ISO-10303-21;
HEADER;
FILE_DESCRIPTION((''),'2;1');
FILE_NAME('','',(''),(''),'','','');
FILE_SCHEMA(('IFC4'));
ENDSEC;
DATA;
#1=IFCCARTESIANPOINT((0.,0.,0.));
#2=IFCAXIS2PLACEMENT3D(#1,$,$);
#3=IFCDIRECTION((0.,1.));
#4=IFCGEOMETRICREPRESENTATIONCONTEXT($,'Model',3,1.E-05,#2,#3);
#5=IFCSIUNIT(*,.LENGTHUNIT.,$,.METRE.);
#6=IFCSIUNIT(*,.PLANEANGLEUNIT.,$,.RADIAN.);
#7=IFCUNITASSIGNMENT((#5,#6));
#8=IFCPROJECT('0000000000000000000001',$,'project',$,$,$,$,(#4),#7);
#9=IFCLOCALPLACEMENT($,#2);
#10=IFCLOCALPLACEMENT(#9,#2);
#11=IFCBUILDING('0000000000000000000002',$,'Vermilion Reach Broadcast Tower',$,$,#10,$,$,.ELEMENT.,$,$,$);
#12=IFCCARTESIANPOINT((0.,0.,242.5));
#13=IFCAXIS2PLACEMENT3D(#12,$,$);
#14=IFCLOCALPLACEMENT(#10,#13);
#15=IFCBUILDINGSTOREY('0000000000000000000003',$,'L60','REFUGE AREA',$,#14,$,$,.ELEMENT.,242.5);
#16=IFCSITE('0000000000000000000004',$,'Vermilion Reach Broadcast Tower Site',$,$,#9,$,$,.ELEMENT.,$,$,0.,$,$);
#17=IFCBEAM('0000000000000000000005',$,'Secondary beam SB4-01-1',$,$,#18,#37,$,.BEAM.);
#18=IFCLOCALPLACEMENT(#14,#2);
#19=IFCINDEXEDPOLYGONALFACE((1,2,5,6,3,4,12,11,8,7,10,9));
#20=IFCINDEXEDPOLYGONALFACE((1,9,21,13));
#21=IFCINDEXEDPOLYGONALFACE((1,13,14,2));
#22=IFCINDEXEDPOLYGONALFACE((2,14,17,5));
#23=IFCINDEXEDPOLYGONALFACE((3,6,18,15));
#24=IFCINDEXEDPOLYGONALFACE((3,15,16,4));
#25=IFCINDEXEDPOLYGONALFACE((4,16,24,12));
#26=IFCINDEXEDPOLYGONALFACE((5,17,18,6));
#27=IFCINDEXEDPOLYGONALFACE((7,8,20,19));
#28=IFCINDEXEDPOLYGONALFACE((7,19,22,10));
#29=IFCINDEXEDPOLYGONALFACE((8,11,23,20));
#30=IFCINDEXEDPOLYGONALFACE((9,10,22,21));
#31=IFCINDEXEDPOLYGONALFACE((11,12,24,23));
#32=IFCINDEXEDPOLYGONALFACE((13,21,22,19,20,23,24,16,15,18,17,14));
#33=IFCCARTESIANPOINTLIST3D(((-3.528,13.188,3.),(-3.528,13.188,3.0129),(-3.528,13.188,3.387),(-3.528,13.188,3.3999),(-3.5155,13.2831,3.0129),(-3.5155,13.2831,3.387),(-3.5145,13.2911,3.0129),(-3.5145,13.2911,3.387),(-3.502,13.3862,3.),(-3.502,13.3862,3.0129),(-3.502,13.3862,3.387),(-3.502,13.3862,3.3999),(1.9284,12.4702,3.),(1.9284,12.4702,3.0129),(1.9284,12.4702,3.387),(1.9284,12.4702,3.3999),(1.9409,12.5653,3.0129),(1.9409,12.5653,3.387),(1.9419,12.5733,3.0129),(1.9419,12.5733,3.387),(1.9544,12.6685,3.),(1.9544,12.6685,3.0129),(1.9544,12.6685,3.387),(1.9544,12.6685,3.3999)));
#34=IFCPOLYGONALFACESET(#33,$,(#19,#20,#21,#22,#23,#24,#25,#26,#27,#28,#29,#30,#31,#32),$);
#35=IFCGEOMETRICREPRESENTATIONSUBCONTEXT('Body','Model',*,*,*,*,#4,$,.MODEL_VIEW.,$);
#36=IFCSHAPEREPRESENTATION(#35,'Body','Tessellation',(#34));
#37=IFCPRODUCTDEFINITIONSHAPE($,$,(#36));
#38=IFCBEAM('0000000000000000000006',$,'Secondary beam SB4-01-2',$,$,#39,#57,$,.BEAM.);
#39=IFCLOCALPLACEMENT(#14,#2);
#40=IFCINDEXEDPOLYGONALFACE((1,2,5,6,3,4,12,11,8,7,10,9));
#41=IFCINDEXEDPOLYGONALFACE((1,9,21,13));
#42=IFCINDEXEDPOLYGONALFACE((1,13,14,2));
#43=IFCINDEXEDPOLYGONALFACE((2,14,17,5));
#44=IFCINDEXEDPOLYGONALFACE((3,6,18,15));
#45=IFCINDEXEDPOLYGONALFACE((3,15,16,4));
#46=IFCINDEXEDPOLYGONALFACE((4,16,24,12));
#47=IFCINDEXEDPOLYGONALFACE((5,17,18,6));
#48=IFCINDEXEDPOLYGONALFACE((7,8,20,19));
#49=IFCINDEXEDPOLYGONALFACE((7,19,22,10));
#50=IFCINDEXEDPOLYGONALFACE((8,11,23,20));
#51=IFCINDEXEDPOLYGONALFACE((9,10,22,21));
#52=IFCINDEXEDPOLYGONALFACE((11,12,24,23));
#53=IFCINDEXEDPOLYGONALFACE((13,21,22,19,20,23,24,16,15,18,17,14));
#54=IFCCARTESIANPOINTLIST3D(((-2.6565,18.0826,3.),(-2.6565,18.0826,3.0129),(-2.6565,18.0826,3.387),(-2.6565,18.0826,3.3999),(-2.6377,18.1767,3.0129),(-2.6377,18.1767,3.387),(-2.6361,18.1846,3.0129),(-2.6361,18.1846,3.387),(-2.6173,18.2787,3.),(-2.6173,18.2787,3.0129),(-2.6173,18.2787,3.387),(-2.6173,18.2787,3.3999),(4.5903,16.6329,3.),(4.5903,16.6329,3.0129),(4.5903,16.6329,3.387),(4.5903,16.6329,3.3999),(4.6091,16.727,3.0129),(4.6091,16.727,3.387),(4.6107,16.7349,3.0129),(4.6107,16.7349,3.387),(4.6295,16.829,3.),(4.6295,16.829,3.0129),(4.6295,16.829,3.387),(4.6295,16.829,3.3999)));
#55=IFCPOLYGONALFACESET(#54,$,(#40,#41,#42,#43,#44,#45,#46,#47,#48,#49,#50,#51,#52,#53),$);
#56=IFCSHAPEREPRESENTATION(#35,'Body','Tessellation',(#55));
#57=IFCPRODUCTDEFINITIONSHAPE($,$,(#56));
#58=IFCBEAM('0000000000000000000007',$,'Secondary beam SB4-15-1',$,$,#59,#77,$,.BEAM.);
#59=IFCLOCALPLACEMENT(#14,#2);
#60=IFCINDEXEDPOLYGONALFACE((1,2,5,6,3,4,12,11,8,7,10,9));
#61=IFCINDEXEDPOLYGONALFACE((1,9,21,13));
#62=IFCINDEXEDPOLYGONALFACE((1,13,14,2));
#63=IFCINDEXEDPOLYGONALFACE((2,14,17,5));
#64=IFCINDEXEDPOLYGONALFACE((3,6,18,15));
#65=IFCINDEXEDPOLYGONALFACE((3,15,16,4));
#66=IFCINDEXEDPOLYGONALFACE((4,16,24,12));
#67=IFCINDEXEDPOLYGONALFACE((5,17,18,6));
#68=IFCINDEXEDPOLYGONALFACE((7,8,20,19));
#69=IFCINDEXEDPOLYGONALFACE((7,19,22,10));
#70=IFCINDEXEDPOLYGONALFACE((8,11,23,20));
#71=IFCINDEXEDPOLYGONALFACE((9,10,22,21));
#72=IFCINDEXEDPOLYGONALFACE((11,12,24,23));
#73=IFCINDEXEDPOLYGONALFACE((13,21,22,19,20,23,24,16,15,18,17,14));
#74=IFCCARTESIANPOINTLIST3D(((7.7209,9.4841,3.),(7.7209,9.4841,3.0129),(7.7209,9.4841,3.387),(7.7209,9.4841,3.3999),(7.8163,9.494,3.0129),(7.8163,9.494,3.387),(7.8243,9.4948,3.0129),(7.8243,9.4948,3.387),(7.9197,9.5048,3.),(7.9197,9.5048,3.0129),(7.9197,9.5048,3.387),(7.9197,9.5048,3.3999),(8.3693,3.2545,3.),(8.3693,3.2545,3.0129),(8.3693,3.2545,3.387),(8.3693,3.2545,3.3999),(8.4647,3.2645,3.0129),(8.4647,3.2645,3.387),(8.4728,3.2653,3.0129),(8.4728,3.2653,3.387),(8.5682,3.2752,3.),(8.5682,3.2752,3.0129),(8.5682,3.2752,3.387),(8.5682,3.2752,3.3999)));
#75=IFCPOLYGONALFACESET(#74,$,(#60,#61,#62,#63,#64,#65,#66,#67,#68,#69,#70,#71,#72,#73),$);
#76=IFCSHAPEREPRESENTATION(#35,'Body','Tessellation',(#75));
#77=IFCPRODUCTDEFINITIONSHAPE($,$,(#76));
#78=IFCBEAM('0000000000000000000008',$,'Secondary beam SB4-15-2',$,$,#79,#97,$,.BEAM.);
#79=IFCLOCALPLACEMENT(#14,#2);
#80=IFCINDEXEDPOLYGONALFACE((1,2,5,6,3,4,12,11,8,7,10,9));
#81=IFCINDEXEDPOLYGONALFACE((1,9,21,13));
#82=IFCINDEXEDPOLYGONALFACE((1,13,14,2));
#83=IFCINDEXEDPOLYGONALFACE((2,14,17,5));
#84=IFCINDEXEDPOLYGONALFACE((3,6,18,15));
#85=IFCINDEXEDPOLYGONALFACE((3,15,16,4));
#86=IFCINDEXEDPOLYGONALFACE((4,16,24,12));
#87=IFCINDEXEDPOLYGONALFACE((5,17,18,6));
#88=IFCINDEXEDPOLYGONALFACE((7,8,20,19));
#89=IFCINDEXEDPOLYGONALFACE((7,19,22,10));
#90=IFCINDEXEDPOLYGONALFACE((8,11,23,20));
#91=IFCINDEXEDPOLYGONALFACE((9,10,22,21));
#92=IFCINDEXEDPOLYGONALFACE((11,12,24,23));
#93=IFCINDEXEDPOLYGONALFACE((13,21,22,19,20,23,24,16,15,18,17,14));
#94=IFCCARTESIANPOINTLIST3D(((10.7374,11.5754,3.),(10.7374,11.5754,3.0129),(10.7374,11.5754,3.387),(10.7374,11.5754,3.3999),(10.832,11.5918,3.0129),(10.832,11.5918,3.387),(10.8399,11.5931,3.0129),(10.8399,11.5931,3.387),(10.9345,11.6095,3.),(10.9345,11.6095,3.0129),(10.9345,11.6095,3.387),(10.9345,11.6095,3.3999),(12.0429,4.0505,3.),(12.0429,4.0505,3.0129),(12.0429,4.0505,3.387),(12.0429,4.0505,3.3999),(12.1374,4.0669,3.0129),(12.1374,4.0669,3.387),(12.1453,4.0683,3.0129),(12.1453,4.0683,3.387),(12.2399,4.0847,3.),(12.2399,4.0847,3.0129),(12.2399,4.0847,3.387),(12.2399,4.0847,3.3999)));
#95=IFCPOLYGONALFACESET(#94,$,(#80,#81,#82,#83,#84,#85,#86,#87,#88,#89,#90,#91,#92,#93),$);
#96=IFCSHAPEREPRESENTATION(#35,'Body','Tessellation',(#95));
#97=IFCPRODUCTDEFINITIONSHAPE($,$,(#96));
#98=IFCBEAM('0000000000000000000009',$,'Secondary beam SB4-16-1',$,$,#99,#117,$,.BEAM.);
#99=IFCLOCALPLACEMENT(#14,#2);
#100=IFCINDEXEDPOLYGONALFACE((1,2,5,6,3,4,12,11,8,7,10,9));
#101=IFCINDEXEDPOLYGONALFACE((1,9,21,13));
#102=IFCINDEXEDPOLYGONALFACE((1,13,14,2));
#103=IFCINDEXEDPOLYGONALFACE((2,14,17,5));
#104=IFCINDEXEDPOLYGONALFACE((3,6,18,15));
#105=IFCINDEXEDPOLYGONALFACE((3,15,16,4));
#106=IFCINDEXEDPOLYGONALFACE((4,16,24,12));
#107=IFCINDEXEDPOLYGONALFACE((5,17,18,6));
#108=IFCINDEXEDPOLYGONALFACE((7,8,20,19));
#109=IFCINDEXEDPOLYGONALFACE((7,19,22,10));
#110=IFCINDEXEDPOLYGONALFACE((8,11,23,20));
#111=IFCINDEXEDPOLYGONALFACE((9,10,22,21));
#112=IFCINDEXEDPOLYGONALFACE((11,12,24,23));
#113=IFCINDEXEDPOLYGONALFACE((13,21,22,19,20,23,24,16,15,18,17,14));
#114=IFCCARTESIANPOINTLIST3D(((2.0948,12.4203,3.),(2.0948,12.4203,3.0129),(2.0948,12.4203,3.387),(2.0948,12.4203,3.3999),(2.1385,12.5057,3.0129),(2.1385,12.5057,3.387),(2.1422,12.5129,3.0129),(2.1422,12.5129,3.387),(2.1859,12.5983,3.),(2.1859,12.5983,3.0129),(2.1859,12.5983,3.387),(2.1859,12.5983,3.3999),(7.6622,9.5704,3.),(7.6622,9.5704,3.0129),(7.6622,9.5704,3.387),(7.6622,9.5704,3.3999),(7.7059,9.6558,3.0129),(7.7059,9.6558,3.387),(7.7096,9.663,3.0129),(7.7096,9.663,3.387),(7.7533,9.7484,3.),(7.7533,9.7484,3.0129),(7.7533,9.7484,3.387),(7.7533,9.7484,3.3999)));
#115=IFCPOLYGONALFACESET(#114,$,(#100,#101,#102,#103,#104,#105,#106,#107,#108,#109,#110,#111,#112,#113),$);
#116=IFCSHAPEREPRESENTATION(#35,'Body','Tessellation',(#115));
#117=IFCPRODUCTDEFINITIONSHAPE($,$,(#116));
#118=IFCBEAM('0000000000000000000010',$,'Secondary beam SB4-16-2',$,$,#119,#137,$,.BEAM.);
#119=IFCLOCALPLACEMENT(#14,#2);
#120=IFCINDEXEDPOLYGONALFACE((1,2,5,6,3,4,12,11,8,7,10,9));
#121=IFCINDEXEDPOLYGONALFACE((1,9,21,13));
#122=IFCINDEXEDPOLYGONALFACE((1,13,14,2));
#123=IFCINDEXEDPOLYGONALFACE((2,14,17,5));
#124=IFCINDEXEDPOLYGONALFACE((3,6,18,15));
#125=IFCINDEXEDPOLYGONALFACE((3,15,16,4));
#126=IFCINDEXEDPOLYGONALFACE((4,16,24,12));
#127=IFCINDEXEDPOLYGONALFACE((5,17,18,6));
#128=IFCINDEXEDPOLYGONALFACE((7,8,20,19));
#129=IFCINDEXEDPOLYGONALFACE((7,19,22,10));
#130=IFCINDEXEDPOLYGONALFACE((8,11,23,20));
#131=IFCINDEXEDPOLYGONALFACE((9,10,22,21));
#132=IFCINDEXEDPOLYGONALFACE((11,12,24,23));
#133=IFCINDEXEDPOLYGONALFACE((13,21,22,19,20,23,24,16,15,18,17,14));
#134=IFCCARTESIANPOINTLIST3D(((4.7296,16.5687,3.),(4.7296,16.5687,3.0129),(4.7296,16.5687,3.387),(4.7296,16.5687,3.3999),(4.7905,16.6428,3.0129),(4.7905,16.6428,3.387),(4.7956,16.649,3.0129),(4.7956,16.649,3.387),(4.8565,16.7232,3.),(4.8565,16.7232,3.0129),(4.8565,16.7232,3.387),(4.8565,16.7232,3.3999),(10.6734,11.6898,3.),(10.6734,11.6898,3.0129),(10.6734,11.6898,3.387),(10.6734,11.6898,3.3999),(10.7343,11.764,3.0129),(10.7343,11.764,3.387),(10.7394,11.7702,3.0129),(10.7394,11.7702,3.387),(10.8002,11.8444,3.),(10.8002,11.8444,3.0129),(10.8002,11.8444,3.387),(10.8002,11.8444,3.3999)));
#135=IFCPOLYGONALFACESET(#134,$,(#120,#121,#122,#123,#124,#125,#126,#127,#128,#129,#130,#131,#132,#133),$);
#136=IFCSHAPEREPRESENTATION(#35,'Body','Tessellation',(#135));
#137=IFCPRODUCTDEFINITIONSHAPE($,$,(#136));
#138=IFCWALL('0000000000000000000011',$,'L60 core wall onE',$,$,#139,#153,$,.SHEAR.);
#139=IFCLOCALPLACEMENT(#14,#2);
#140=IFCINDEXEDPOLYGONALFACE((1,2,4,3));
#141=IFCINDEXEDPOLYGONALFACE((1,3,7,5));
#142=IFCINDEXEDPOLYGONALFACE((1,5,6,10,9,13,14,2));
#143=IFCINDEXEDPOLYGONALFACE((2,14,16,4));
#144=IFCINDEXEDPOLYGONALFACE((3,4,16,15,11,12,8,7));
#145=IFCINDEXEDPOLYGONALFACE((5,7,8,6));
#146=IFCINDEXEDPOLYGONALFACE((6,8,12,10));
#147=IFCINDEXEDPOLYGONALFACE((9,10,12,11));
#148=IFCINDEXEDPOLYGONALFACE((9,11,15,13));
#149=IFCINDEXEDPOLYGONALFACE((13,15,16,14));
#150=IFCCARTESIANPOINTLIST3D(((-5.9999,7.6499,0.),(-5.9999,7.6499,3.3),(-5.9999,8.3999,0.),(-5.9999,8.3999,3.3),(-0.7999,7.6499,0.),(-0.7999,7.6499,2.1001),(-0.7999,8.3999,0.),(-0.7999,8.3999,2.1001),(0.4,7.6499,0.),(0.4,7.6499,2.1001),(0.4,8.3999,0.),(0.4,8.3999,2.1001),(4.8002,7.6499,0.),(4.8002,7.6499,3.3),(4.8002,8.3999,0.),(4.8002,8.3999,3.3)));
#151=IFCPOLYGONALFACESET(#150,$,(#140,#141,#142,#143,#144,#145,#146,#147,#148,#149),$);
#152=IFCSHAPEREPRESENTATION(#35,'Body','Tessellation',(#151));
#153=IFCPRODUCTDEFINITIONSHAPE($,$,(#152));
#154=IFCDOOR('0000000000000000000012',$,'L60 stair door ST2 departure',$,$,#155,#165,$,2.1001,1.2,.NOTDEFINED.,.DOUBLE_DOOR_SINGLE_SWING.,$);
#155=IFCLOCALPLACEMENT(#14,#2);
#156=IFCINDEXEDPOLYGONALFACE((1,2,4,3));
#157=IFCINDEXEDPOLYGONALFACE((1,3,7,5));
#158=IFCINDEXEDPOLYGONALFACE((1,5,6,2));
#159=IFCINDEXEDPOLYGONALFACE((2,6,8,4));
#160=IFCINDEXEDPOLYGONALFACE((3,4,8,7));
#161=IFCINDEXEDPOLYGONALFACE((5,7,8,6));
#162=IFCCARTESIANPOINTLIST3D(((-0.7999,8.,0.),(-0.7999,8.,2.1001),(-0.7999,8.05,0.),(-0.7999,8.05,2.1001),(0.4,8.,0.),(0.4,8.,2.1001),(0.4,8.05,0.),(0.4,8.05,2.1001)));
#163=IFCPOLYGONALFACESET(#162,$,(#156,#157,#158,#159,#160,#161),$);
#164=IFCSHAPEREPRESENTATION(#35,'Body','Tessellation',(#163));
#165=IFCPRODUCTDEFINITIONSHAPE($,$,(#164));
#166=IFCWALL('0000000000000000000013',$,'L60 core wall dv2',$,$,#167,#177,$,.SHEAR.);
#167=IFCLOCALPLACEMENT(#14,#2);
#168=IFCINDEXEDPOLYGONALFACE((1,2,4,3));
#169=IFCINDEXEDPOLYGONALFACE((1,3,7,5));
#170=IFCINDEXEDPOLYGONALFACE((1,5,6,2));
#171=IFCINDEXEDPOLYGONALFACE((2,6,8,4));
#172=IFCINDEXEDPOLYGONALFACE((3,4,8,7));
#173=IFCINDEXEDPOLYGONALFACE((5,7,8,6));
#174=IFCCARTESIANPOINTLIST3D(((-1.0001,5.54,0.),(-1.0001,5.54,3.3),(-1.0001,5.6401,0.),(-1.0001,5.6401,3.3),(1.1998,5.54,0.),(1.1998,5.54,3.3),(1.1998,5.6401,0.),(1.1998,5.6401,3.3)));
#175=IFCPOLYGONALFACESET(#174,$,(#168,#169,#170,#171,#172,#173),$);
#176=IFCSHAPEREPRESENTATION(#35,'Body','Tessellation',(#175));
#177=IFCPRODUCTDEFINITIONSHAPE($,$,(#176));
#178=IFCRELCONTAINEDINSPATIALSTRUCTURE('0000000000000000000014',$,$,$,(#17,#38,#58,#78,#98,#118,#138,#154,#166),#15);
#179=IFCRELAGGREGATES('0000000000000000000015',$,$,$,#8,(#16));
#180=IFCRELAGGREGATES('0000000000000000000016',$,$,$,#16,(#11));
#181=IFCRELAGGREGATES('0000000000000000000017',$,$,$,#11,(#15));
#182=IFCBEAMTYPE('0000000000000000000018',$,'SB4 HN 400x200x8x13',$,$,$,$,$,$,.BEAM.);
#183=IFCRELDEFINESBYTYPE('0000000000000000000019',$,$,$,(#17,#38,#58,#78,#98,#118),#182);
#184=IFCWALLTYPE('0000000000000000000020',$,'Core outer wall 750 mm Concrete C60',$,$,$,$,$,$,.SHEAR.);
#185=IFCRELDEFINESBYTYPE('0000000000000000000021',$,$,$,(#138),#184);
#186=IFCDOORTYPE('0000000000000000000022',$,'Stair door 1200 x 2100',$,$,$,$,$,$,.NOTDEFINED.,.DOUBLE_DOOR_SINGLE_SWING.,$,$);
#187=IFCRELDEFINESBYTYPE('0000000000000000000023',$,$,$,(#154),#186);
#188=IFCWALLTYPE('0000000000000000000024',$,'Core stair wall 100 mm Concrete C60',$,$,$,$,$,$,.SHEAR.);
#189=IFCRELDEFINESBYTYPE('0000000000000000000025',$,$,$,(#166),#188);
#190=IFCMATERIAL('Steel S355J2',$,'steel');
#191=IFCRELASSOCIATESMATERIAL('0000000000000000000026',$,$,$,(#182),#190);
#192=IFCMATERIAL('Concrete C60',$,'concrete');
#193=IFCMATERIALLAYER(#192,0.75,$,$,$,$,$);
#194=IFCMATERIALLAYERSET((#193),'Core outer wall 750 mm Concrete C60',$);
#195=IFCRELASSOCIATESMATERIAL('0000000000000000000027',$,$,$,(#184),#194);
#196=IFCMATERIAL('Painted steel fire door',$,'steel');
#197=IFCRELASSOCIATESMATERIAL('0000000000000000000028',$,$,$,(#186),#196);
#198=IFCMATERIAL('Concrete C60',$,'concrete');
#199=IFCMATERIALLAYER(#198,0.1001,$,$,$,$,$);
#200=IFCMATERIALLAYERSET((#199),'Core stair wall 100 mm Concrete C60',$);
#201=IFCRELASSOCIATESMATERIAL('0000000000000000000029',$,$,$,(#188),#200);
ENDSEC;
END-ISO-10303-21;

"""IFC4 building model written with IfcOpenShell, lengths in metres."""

from ifc_helpers import new_model, si_unit, direction, frame, frame_2d, origin, origin_2d, place, context, subcontext, project, spatial, rectangle, i_section, extrude, material, layer, layer_set, material_profile, profile_set, type_object, element, fill, save


model = new_model("IFC4")

# Units and contexts
model_context = context("Model", 3, precision=1e-05, world=origin(), true_north=direction((0.0, 1.0)))
body_context = subcontext(model_context, "Body", "Model", "MODEL_VIEW")
ifc_project = project(units=[si_unit("LENGTHUNIT", "METRE"), si_unit("PLANEANGLEUNIT", "RADIAN")], contexts=[model_context])

# Site, building, storey
site_placement = place(None, origin())
site = spatial("IfcSite", under=ifc_project, at=site_placement, Name="Vermilion Reach Broadcast Tower Site", CompositionType="ELEMENT", RefElevation=0.0)
building_placement = place(site_placement, origin())
building = spatial("IfcBuilding", under=site, at=building_placement, Name="Vermilion Reach Broadcast Tower", CompositionType="ELEMENT")
storey_placement = place(building_placement, frame((0.0, 0.0, 242.5)))
storey = spatial("IfcBuildingStorey", under=building, at=storey_placement, Name="L60", Description="REFUGE AREA", CompositionType="ELEMENT", Elevation=242.5)

# Beams
ifc_material_1 = material(Name="Steel S355J2", Category="steel")
ifc_material_profile_1 = material_profile(ifc_material_1, i_section(OverallWidth=0.2, OverallDepth=0.3999, WebThickness=0.0081, FlangeThickness=0.0129, at=origin_2d()), Name="S355J2 HN 400x200x8x13")
ifc_profile_set_1 = profile_set([ifc_material_profile_1], Name="Steel S355J2")
beam_type_1 = type_object("IfcBeamType", Name="SB4 HN 400x200x8x13", PredefinedType="BEAM", material=ifc_profile_set_1)
beam_1_placement = place(storey_placement, frame((1.9414, 12.5693, 3.2), z_axis=(-0.991458, 0.130426, 0.0), x_axis=(-0.130426, -0.991458, 0.0)))
element("IfcBeam", 1, at=beam_1_placement, inside=storey, type_object=beam_type_1, Name="Secondary beam SB4-01-1", PredefinedType="BEAM", context=body_context, shape_type="SweptSolid", body=[
    extrude(i_section(OverallWidth=0.2, OverallDepth=0.3999, WebThickness=0.0081, FlangeThickness=0.0129, at=origin_2d()), origin(), (0.0, 0.0, 1.0), 5.5034),
])
beam_2_placement = place(storey_placement, frame((4.6099, 16.731, 3.2), z_axis=(-0.980572, 0.196161, 0.0), x_axis=(-0.196161, -0.980572, 0.0)))
element("IfcBeam", 2, at=beam_2_placement, inside=storey, type_object=beam_type_1, Name="Secondary beam SB4-01-2", PredefinedType="BEAM", context=body_context, shape_type="SweptSolid", body=[
    extrude(i_section(OverallWidth=0.2, OverallDepth=0.3999, WebThickness=0.0081, FlangeThickness=0.0129, at=origin_2d()), origin(), (0.0, 0.0, 1.0), 7.3904),
])
beam_3_placement = place(storey_placement, frame((8.4688, 3.2649, 3.2), z_axis=(-0.103532, 0.994626, 0.0), x_axis=(-0.994626, -0.103532, 0.0)))
element("IfcBeam", 3, at=beam_3_placement, inside=storey, type_object=beam_type_1, Name="Secondary beam SB4-15-1", PredefinedType="BEAM", context=body_context, shape_type="SweptSolid", body=[
    extrude(i_section(OverallWidth=0.2, OverallDepth=0.3999, WebThickness=0.0081, FlangeThickness=0.0129, at=origin_2d()), origin(), (0.0, 0.0, 1.0), 6.2632),
])
beam_4_placement = place(storey_placement, frame((12.1414, 4.0676, 3.2), z_axis=(-0.170927, 0.985284, 0.0), x_axis=(-0.985284, -0.170927, 0.0)))
element("IfcBeam", 4, at=beam_4_placement, inside=storey, type_object=beam_type_1, Name="Secondary beam SB4-15-2", PredefinedType="BEAM", context=body_context, shape_type="SweptSolid", body=[
    extrude(i_section(OverallWidth=0.2, OverallDepth=0.3999, WebThickness=0.0081, FlangeThickness=0.0129, at=origin_2d()), origin(), (0.0, 0.0, 1.0), 7.6372),
])
beam_5_placement = place(storey_placement, frame((7.7078, 9.6594, 3.2), z_axis=(-0.890156, 0.455656, 0.0), x_axis=(-0.455656, -0.890156, 0.0)))
element("IfcBeam", 5, at=beam_5_placement, inside=storey, type_object=beam_type_1, Name="Secondary beam SB4-16-1", PredefinedType="BEAM", context=body_context, shape_type="SweptSolid", body=[
    extrude(i_section(OverallWidth=0.2, OverallDepth=0.3999, WebThickness=0.0081, FlangeThickness=0.0129, at=origin_2d()), origin(), (0.0, 0.0, 1.0), 6.2544),
])
beam_6_placement = place(storey_placement, frame((10.7368, 11.7671, 3.2), z_axis=(-0.772952, 0.634465, 0.0), x_axis=(-0.634465, -0.772952, 0.0)))
element("IfcBeam", 6, at=beam_6_placement, inside=storey, type_object=beam_type_1, Name="Secondary beam SB4-16-2", PredefinedType="BEAM", context=body_context, shape_type="SweptSolid", body=[
    extrude(i_section(OverallWidth=0.2, OverallDepth=0.3999, WebThickness=0.0081, FlangeThickness=0.0129, at=origin_2d()), origin(), (0.0, 0.0, 1.0), 7.6897),
])

# Wall, opening, door
ifc_material_2 = material(Name="Concrete C60", Category="concrete")
ifc_layer_1 = layer(ifc_material_2, 0.75)
ifc_layer_set_1 = layer_set([ifc_layer_1], Name="Core outer wall 750 mm Concrete C60")
wall_type_1 = type_object("IfcWallType", Name="Core outer wall 750 mm Concrete C60", PredefinedType="SHEAR", material=ifc_layer_set_1)
wall_1_placement = place(storey_placement, frame((4.8, 8.0249, 0.0), z_axis=(0.0, 0.0, 1.0), x_axis=(-1.0, 0.0, 0.0)))
wall_1 = element("IfcWall", 7, at=wall_1_placement, inside=storey, type_object=wall_type_1, Name="L60 core wall onE", PredefinedType="SHEAR", context=body_context, shape_type="SweptSolid", body=[
    extrude(rectangle(XDim=10.8, YDim=0.75, at=frame_2d((5.3999, 0.0))), origin(), (0.0, 0.0, 1.0), 3.3),
])
opening_placement = place(wall_1_placement, frame((4.3999, 0.0, 0.0)))
opening = element("IfcOpeningElement", 8, at=opening_placement, cuts=wall_1, PredefinedType="OPENING", context=body_context, shape_type="SweptSolid", body=[
    extrude(rectangle(XDim=1.2, YDim=2.1001, at=frame_2d((0.6001, 1.05))), frame((0.0, 0.385, 0.0), z_axis=(0.0, -1.0, 0.0), x_axis=(1.0, 0.0, 0.0)), (0.0, 0.0, 1.0), 0.77),
])
ifc_material_3 = material(Name="Painted steel fire door", Category="steel")
door_type = type_object("IfcDoorType", Name="Stair door 1200 x 2100", OperationType="DOUBLE_DOOR_SINGLE_SWING", PredefinedType="NOTDEFINED", material=ifc_material_3)
door_placement = place(opening_placement, origin())
door = element("IfcDoor", 9, at=door_placement, inside=storey, type_object=door_type, Name="L60 stair door ST2 departure", OperationType="DOUBLE_DOOR_SINGLE_SWING", OverallHeight=2.1001, OverallWidth=1.2, PredefinedType="NOTDEFINED", context=body_context, shape_type="SweptSolid", body=[
    extrude(rectangle(XDim=1.2, YDim=2.1001, at=frame_2d((0.6001, 1.05))), frame((0.0, 0.0249, 0.0), z_axis=(0.0, -1.0, 0.0), x_axis=(1.0, 0.0, 0.0)), (0.0, 0.0, 1.0), 0.05),
])
fill(opening, door)

# Wall
ifc_material_4 = material(Name="Concrete C60", Category="concrete")
ifc_layer_2 = layer(ifc_material_4, 0.1001)
ifc_layer_set_2 = layer_set([ifc_layer_2], Name="Core stair wall 100 mm Concrete C60")
wall_type_2 = type_object("IfcWallType", Name="Core stair wall 100 mm Concrete C60", PredefinedType="SHEAR", material=ifc_layer_set_2)
wall_2_placement = place(storey_placement, frame((1.2, 5.5901, 0.0), z_axis=(0.0, 0.0, 1.0), x_axis=(-1.0, 0.0, 0.0)))
element("IfcWall", 10, at=wall_2_placement, inside=storey, type_object=wall_type_2, Name="L60 core wall dv2", PredefinedType="SHEAR", context=body_context, shape_type="SweptSolid", body=[
    extrude(rectangle(XDim=2.2, YDim=0.1001, at=frame_2d((1.1001, 0.0))), origin(), (0.0, 0.0, 1.0), 3.3),
])

save(model, "model.ifc")
